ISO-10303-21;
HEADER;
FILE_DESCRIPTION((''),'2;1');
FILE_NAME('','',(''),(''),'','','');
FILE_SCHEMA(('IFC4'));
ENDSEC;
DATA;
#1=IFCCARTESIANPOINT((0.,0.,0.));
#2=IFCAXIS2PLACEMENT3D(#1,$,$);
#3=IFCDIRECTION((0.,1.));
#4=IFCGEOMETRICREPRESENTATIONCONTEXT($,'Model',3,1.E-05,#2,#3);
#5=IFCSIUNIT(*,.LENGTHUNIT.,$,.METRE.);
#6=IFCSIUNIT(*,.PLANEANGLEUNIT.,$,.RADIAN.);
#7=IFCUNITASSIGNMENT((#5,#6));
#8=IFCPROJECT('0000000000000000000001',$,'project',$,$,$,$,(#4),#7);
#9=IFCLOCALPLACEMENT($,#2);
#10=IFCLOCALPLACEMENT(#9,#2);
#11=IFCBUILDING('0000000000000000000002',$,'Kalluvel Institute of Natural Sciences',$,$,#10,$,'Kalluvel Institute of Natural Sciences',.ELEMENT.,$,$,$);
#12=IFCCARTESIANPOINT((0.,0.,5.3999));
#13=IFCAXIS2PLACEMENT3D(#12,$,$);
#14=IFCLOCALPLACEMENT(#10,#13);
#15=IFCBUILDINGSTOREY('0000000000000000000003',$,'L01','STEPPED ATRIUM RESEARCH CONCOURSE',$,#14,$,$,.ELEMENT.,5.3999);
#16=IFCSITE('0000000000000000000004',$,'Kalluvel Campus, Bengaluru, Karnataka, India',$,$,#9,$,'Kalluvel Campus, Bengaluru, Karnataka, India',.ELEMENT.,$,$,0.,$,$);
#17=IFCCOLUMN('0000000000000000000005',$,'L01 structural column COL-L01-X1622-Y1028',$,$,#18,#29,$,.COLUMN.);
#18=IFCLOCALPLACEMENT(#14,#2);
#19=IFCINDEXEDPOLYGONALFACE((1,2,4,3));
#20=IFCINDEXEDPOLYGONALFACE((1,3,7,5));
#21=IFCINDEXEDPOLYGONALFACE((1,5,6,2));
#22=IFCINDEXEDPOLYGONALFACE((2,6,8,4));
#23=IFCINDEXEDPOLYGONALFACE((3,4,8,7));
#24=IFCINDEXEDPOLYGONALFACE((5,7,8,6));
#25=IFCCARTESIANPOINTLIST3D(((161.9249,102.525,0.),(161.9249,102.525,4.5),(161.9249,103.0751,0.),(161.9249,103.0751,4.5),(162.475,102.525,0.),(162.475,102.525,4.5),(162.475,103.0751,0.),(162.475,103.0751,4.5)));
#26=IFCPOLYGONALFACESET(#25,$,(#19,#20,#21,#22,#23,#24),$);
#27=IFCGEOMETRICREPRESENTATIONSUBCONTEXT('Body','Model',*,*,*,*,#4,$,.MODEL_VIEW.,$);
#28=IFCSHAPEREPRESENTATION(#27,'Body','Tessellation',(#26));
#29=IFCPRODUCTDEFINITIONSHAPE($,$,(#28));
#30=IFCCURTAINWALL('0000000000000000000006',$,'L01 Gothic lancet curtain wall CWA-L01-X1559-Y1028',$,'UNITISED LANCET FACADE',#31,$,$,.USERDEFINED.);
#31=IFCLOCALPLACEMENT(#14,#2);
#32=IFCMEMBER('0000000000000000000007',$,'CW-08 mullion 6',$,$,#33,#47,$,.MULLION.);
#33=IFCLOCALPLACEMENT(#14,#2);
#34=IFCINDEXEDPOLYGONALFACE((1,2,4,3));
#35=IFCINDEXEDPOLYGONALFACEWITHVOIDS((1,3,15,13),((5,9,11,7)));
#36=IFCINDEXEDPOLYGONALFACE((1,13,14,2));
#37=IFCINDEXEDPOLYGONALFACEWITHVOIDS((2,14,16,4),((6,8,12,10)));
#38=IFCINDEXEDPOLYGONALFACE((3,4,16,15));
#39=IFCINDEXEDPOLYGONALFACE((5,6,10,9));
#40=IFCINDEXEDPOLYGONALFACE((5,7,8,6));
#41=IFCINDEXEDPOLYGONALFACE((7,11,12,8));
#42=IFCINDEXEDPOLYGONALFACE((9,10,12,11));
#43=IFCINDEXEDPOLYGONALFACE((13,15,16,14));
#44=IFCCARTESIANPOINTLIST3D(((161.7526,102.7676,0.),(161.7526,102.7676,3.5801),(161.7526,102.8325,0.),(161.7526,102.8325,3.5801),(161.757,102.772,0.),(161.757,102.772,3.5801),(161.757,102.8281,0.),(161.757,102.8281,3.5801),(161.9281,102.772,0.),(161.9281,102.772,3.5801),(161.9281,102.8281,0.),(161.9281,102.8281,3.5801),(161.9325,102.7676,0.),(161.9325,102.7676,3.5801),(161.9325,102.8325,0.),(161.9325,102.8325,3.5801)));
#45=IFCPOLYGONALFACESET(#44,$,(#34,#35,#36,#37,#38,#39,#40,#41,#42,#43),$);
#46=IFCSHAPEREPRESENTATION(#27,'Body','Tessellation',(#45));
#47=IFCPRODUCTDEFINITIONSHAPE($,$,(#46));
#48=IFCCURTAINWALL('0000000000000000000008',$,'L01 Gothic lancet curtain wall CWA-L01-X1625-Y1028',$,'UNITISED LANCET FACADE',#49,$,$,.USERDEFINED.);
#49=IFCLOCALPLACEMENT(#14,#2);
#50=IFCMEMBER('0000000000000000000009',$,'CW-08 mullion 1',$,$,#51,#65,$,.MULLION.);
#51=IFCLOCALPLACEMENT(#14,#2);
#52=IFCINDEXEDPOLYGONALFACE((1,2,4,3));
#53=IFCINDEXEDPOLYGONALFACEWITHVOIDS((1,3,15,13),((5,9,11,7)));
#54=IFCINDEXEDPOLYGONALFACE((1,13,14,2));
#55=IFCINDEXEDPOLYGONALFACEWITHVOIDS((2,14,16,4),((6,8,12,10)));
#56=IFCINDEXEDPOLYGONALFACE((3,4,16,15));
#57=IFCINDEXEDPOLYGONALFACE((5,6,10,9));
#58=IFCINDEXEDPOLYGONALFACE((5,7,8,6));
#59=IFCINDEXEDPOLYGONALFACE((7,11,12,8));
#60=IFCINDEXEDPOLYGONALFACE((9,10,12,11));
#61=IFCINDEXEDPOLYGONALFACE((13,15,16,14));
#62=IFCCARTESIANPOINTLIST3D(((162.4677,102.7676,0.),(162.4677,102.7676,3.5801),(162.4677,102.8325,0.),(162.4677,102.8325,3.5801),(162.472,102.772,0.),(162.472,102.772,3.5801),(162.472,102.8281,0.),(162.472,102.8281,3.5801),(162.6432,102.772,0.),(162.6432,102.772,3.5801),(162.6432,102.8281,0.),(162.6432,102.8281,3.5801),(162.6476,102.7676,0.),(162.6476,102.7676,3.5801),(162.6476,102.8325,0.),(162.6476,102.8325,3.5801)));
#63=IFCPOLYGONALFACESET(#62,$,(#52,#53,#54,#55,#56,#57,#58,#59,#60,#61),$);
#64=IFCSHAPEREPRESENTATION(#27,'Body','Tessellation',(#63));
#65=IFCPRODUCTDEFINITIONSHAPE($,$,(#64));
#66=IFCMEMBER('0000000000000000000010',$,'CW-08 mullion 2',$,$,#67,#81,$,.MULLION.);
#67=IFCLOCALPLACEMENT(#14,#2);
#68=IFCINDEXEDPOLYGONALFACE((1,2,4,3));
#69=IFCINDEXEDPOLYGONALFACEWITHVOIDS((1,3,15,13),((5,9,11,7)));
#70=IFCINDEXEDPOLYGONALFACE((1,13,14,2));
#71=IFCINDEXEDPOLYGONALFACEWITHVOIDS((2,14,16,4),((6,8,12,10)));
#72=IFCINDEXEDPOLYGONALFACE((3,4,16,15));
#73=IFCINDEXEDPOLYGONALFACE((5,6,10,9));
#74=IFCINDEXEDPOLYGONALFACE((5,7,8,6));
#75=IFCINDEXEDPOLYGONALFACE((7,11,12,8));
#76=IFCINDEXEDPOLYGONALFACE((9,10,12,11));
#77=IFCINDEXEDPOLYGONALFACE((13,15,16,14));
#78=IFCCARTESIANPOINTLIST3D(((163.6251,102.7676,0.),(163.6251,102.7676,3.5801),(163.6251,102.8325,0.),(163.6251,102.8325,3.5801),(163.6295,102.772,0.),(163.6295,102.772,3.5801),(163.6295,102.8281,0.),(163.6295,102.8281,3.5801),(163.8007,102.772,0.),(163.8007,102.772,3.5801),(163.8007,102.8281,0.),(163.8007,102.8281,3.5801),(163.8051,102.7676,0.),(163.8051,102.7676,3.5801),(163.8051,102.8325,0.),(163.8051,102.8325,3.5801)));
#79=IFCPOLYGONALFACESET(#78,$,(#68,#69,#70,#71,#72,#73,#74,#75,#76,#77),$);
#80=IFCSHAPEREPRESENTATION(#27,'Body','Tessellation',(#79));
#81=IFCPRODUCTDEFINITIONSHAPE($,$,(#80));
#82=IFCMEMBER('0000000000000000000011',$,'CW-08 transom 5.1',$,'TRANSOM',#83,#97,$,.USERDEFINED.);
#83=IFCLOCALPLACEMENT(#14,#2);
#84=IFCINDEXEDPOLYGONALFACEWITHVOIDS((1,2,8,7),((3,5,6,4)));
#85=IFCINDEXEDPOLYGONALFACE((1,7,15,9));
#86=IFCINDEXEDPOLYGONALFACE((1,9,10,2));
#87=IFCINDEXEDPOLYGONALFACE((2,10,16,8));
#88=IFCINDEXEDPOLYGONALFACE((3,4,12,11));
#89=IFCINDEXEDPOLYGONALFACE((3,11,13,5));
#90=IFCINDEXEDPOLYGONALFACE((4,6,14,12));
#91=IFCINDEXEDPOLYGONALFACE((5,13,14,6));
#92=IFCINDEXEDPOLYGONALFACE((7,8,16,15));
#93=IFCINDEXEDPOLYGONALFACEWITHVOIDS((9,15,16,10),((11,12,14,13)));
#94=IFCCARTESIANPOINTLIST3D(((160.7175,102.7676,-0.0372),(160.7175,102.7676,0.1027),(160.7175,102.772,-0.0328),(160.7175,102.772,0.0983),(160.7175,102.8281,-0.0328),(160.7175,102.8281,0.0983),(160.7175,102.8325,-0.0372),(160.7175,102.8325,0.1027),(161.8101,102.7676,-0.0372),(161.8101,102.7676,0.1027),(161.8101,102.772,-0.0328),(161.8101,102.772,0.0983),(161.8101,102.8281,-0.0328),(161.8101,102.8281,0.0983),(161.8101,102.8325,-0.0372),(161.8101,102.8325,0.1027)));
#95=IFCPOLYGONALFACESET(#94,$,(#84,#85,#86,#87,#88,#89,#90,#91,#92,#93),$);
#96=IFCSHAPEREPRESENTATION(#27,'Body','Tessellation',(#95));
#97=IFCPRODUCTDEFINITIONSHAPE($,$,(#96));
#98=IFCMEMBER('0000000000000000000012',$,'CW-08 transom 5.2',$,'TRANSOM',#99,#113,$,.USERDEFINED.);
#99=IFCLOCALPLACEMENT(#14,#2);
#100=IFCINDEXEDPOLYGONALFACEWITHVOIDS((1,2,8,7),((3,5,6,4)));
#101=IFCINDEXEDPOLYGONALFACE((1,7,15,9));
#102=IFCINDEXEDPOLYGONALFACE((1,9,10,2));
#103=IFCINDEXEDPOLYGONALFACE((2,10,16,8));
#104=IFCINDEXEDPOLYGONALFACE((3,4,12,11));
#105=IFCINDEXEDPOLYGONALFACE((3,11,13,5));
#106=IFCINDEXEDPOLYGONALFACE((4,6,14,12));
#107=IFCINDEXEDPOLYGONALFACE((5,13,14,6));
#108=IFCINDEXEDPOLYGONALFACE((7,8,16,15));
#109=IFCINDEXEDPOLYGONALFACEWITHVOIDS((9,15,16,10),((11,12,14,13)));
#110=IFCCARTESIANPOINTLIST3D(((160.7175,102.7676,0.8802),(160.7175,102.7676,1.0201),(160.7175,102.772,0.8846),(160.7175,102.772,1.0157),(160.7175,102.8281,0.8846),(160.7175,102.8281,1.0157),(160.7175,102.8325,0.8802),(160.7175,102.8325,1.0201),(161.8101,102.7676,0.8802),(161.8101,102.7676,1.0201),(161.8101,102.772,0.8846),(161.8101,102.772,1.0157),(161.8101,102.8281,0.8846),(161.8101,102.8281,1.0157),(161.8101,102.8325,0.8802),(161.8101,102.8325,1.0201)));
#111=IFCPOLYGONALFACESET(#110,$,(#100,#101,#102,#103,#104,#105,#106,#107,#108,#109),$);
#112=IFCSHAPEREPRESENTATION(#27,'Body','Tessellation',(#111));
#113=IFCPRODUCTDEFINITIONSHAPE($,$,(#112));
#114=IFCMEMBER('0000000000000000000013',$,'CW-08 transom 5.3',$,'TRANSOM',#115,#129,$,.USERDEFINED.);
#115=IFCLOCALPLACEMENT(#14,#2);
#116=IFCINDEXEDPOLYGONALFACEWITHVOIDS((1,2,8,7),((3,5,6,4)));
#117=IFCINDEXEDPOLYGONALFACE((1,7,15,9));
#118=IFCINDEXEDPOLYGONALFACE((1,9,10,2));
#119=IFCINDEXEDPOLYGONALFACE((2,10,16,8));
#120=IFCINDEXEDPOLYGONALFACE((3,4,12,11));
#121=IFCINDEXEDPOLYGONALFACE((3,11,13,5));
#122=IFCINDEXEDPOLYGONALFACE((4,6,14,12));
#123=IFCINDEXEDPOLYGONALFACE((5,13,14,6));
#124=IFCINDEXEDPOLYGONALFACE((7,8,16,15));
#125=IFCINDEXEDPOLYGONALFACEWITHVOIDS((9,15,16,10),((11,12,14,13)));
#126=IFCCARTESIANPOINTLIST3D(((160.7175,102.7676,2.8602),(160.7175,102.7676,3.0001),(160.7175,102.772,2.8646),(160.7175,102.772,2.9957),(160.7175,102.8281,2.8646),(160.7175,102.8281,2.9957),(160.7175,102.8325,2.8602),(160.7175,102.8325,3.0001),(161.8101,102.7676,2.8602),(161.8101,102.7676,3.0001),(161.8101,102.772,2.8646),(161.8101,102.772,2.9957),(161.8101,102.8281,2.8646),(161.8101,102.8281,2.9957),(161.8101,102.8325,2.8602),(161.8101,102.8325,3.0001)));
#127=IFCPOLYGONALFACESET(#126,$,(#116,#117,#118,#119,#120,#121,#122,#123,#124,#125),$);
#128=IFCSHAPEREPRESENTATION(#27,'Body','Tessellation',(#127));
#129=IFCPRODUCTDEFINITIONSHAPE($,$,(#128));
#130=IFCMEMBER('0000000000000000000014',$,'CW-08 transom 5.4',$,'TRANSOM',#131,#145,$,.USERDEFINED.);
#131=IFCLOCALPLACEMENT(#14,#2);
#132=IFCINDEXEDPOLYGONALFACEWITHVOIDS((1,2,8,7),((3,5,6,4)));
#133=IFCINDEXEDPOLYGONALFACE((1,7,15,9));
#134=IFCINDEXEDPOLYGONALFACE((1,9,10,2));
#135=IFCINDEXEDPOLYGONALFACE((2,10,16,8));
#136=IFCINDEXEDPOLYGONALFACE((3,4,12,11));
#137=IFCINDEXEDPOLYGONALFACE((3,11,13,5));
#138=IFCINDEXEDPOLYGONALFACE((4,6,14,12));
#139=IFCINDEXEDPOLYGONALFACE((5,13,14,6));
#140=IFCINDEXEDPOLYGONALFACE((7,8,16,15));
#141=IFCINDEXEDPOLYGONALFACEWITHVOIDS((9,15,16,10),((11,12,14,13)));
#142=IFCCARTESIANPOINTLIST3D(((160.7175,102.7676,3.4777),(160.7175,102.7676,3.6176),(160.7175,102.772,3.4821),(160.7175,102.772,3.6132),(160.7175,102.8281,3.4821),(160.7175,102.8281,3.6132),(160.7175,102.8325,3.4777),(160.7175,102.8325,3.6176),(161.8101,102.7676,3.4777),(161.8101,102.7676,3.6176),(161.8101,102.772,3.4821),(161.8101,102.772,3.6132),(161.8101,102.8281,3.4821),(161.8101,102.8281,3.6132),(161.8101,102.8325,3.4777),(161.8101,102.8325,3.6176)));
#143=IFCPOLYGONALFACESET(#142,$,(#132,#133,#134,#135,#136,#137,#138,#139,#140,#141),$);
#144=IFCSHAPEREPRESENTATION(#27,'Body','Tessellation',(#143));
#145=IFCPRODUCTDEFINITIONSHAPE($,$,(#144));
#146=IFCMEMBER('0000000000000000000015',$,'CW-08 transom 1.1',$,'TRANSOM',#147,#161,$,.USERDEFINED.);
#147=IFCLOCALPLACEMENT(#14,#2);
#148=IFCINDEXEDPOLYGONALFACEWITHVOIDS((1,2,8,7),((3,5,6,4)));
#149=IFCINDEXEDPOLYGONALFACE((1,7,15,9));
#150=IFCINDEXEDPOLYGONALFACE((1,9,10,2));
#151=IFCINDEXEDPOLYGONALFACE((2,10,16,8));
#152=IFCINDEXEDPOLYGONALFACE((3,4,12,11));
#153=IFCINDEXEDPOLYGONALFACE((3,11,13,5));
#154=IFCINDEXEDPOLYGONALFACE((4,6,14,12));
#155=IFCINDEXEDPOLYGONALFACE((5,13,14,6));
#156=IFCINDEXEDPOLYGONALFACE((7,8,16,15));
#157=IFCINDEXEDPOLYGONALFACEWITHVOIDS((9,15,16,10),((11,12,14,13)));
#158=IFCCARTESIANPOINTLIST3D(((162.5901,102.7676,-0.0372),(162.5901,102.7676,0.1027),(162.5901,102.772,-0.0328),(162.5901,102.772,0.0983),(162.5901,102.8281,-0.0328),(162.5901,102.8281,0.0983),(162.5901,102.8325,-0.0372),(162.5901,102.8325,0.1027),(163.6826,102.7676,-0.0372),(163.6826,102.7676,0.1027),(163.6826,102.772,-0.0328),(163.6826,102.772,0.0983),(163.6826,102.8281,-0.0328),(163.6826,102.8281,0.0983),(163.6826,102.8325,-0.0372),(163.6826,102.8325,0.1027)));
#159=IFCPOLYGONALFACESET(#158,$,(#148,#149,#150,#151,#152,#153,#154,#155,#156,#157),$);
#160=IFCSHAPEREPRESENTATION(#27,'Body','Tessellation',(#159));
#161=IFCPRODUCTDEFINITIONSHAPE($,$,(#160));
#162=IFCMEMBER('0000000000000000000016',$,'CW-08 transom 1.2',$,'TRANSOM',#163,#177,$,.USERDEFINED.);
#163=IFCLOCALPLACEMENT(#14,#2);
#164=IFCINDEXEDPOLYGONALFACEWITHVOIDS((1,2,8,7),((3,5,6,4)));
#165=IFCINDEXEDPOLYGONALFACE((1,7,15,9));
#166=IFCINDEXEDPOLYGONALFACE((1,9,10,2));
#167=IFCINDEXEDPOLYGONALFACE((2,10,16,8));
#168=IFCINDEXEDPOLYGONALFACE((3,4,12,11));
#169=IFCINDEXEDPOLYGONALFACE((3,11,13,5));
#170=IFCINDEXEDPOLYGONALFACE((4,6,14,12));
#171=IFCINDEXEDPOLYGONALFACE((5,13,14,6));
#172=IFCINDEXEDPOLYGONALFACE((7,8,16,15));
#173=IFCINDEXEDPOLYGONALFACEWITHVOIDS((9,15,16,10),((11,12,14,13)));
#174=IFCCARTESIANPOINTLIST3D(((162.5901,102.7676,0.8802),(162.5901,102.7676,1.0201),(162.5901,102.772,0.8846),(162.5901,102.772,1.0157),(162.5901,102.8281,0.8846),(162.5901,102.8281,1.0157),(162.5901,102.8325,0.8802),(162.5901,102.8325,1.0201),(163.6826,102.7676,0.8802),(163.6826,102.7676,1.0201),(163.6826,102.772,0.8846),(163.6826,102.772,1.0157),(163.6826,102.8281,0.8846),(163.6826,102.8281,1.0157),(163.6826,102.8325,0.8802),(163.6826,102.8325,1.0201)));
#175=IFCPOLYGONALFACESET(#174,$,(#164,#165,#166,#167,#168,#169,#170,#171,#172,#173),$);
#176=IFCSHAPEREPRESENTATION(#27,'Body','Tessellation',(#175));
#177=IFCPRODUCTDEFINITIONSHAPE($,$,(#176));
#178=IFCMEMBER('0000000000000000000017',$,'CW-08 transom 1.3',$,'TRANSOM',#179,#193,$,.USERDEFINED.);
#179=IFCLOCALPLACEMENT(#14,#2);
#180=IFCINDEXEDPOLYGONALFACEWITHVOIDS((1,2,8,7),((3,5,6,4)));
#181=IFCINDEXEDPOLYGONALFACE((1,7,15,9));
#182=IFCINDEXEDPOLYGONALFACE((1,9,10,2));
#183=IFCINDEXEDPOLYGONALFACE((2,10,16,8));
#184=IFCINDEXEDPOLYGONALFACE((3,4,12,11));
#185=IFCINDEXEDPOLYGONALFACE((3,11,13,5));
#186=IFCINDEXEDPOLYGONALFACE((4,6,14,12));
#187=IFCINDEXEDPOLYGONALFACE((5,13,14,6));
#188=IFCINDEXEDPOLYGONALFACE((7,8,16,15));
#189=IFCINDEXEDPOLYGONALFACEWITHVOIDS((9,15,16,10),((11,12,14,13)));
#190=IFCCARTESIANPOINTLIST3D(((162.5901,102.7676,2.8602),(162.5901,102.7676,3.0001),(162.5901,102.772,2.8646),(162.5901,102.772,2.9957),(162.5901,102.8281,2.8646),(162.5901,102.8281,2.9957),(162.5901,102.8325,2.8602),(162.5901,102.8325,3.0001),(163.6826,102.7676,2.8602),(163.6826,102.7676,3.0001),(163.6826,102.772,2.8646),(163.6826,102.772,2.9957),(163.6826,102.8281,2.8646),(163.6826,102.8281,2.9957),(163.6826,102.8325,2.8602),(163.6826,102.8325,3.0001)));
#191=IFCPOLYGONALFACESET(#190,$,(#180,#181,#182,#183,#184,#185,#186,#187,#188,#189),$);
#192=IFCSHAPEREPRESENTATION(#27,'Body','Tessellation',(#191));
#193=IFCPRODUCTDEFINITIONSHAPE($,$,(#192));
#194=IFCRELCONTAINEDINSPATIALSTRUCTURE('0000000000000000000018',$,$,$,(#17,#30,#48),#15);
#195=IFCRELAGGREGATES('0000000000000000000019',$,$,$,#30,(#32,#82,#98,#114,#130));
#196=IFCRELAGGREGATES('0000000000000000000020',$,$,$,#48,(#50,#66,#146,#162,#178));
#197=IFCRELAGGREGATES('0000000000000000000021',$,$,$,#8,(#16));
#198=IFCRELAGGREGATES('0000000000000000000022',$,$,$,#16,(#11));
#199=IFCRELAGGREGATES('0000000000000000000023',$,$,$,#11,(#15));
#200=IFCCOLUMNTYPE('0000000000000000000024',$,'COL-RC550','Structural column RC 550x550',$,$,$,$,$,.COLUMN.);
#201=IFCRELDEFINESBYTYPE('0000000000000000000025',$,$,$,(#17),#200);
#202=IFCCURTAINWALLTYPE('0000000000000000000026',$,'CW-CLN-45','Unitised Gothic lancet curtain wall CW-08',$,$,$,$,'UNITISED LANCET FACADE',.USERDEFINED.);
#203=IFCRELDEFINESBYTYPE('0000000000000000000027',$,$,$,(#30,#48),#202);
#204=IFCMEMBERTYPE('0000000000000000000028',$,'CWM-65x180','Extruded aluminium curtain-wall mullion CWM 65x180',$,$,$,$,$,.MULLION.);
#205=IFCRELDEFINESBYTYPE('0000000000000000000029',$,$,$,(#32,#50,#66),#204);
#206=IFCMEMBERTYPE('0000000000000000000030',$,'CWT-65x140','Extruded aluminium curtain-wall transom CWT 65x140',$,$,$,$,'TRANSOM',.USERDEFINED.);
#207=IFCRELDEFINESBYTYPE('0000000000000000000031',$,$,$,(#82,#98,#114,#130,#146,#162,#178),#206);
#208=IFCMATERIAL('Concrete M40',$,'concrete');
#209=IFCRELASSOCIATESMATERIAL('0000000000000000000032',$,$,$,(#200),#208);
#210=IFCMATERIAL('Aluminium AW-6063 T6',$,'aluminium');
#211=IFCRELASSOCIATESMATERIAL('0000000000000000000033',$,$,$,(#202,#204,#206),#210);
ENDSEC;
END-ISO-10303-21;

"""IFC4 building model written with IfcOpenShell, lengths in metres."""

from ifc_helpers import new_model, si_unit, direction, frame, origin, origin_2d, place, context, subcontext, project, spatial, rectangle, hollow_rectangle, extrude, material, material_profile, profile_set, type_object, element, aggregate, save


model = new_model("IFC4")

# Units and contexts
model_context = context("Model", 3, precision=1e-05, world=origin(), true_north=direction((0.0, 1.0)))
body_context = subcontext(model_context, "Body", "Model", "MODEL_VIEW")
ifc_project = project(units=[si_unit("LENGTHUNIT", "METRE"), si_unit("PLANEANGLEUNIT", "RADIAN")], contexts=[model_context])

# Site, building, storey
site_placement = place(None, origin())
site = spatial("IfcSite", under=ifc_project, at=site_placement, Name="Kalluvel Campus, Bengaluru, Karnataka, India", LongName="Kalluvel Campus, Bengaluru, Karnataka, India", CompositionType="ELEMENT", RefElevation=0.0)
building_placement = place(site_placement, origin())
building = spatial("IfcBuilding", under=site, at=building_placement, Name="Kalluvel Institute of Natural Sciences", LongName="Kalluvel Institute of Natural Sciences", CompositionType="ELEMENT")
storey_placement = place(building_placement, frame((0.0, 0.0, 5.3999)))
storey = spatial("IfcBuildingStorey", under=building, at=storey_placement, Name="L01", Description="STEPPED ATRIUM RESEARCH CONCOURSE", CompositionType="ELEMENT", Elevation=5.3999)

# Column
ifc_material_1 = material(Name="Concrete M40", Category="concrete")
ifc_material_profile_1 = material_profile(ifc_material_1, rectangle(XDim=0.55, YDim=0.55, at=origin_2d()), Name="RC 550x550")
ifc_profile_set_1 = profile_set([ifc_material_profile_1], Name="Concrete M40")
column_type = type_object("IfcColumnType", Name="COL-RC550", Description="Structural column RC 550x550", PredefinedType="COLUMN", material=ifc_profile_set_1)
column_placement = place(storey_placement, frame((162.2, 102.8, 0.0), z_axis=(0.0, 0.0, 1.0), x_axis=(1.0, 0.0, 0.0)))
element("IfcColumn", 1, at=column_placement, inside=storey, type_object=column_type, Name="L01 structural column COL-L01-X1622-Y1028", PredefinedType="COLUMN", context=body_context, shape_type="SweptSolid", body=[
    extrude(rectangle(XDim=0.55, YDim=0.55, at=origin_2d()), origin(), (0.0, 0.0, 1.0), 4.5),
])

# Curtain wall, member
ifc_material_2 = material(Name="Aluminium AW-6063 T6", Category="aluminium")
curtain_wall_type = type_object("IfcCurtainWallType", Name="CW-CLN-45", Description="Unitised Gothic lancet curtain wall CW-08", ElementType="UNITISED LANCET FACADE", PredefinedType="USERDEFINED", material=ifc_material_2)
curtain_wall_1_placement = place(storey_placement, origin())
curtain_wall_1 = element("IfcCurtainWall", 2, at=curtain_wall_1_placement, inside=storey, type_object=curtain_wall_type, Name="L01 Gothic lancet curtain wall CWA-L01-X1559-Y1028", ObjectType="UNITISED LANCET FACADE", PredefinedType="USERDEFINED")
ifc_material_profile_2 = material_profile(ifc_material_2, hollow_rectangle(XDim=0.0649, YDim=0.1799, WallThickness=0.0044, at=origin_2d()), Name="CWM 65x180")
ifc_profile_set_2 = profile_set([ifc_material_profile_2], Name="Aluminium AW-6063 T6")
member_type_1 = type_object("IfcMemberType", Name="CWM-65x180", Description="Extruded aluminium curtain-wall mullion CWM 65x180", PredefinedType="MULLION", material=ifc_profile_set_2)
member_1_placement = place(storey_placement, frame((161.8425, 102.8, 0.0), z_axis=(0.0, 0.0, 1.0), x_axis=(0.0, 1.0, 0.0)))
member_1 = element("IfcMember", 3, at=member_1_placement, type_object=member_type_1, Name="CW-08 mullion 6", PredefinedType="MULLION", context=body_context, shape_type="SweptSolid", body=[
    extrude(hollow_rectangle(XDim=0.0649, YDim=0.1799, WallThickness=0.0044, at=origin_2d()), origin(), (0.0, 0.0, 1.0), 3.5801),
])

# Curtain wall, members
curtain_wall_2_placement = place(storey_placement, origin())
curtain_wall_2 = element("IfcCurtainWall", 4, at=curtain_wall_2_placement, inside=storey, type_object=curtain_wall_type, Name="L01 Gothic lancet curtain wall CWA-L01-X1625-Y1028", ObjectType="UNITISED LANCET FACADE", PredefinedType="USERDEFINED")
member_2_placement = place(storey_placement, frame((162.5576, 102.8, 0.0), z_axis=(0.0, 0.0, 1.0), x_axis=(0.0, 1.0, 0.0)))
member_2 = element("IfcMember", 5, at=member_2_placement, type_object=member_type_1, Name="CW-08 mullion 1", PredefinedType="MULLION", context=body_context, shape_type="SweptSolid", body=[
    extrude(hollow_rectangle(XDim=0.0649, YDim=0.1799, WallThickness=0.0044, at=origin_2d()), origin(), (0.0, 0.0, 1.0), 3.5801),
])
member_3_placement = place(storey_placement, frame((163.7151, 102.8, 0.0), z_axis=(0.0, 0.0, 1.0), x_axis=(0.0, 1.0, 0.0)))
member_3 = element("IfcMember", 6, at=member_3_placement, type_object=member_type_1, Name="CW-08 mullion 2", PredefinedType="MULLION", context=body_context, shape_type="SweptSolid", body=[
    extrude(hollow_rectangle(XDim=0.0649, YDim=0.1799, WallThickness=0.0044, at=origin_2d()), origin(), (0.0, 0.0, 1.0), 3.5801),
])

# Members
ifc_material_profile_3 = material_profile(ifc_material_2, hollow_rectangle(XDim=0.0649, YDim=0.1399, WallThickness=0.0044, at=origin_2d()), Name="CWT 65x140")
ifc_profile_set_3 = profile_set([ifc_material_profile_3], Name="Aluminium AW-6063 T6")
member_type_2 = type_object("IfcMemberType", Name="CWT-65x140", Description="Extruded aluminium curtain-wall transom CWT 65x140", ElementType="TRANSOM", PredefinedType="USERDEFINED", material=ifc_profile_set_3)
member_4_placement = place(storey_placement, frame((160.7175, 102.8, 0.0327), z_axis=(1.0, 0.0, 0.0), x_axis=(0.0, 1.0, 0.0)))
member_4 = element("IfcMember", 7, at=member_4_placement, type_object=member_type_2, Name="CW-08 transom 5.1", ObjectType="TRANSOM", PredefinedType="USERDEFINED", context=body_context, shape_type="SweptSolid", body=[
    extrude(hollow_rectangle(XDim=0.0649, YDim=0.1399, WallThickness=0.0044, at=origin_2d()), origin(), (0.0, 0.0, 1.0), 1.0925),
])
member_5_placement = place(storey_placement, frame((160.7175, 102.8, 0.9502), z_axis=(1.0, 0.0, 0.0), x_axis=(0.0, 1.0, 0.0)))
member_5 = element("IfcMember", 8, at=member_5_placement, type_object=member_type_2, Name="CW-08 transom 5.2", ObjectType="TRANSOM", PredefinedType="USERDEFINED", context=body_context, shape_type="SweptSolid", body=[
    extrude(hollow_rectangle(XDim=0.0649, YDim=0.1399, WallThickness=0.0044, at=origin_2d()), origin(), (0.0, 0.0, 1.0), 1.0925),
])
member_6_placement = place(storey_placement, frame((160.7175, 102.8, 2.9302), z_axis=(1.0, 0.0, 0.0), x_axis=(0.0, 1.0, 0.0)))
member_6 = element("IfcMember", 9, at=member_6_placement, type_object=member_type_2, Name="CW-08 transom 5.3", ObjectType="TRANSOM", PredefinedType="USERDEFINED", context=body_context, shape_type="SweptSolid", body=[
    extrude(hollow_rectangle(XDim=0.0649, YDim=0.1399, WallThickness=0.0044, at=origin_2d()), origin(), (0.0, 0.0, 1.0), 1.0925),
])
member_7_placement = place(storey_placement, frame((160.7175, 102.8, 3.5476), z_axis=(1.0, 0.0, 0.0), x_axis=(0.0, 1.0, 0.0)))
member_7 = element("IfcMember", 10, at=member_7_placement, type_object=member_type_2, Name="CW-08 transom 5.4", ObjectType="TRANSOM", PredefinedType="USERDEFINED", context=body_context, shape_type="SweptSolid", body=[
    extrude(hollow_rectangle(XDim=0.0649, YDim=0.1399, WallThickness=0.0044, at=origin_2d()), origin(), (0.0, 0.0, 1.0), 1.0925),
])
member_8_placement = place(storey_placement, frame((162.5901, 102.8, 0.0327), z_axis=(1.0, 0.0, 0.0), x_axis=(0.0, 1.0, 0.0)))
member_8 = element("IfcMember", 11, at=member_8_placement, type_object=member_type_2, Name="CW-08 transom 1.1", ObjectType="TRANSOM", PredefinedType="USERDEFINED", context=body_context, shape_type="SweptSolid", body=[
    extrude(hollow_rectangle(XDim=0.0649, YDim=0.1399, WallThickness=0.0044, at=origin_2d()), origin(), (0.0, 0.0, 1.0), 1.0925),
])
member_9_placement = place(storey_placement, frame((162.5901, 102.8, 0.9502), z_axis=(1.0, 0.0, 0.0), x_axis=(0.0, 1.0, 0.0)))
member_9 = element("IfcMember", 12, at=member_9_placement, type_object=member_type_2, Name="CW-08 transom 1.2", ObjectType="TRANSOM", PredefinedType="USERDEFINED", context=body_context, shape_type="SweptSolid", body=[
    extrude(hollow_rectangle(XDim=0.0649, YDim=0.1399, WallThickness=0.0044, at=origin_2d()), origin(), (0.0, 0.0, 1.0), 1.0925),
])
member_10_placement = place(storey_placement, frame((162.5901, 102.8, 2.9302), z_axis=(1.0, 0.0, 0.0), x_axis=(0.0, 1.0, 0.0)))
member_10 = element("IfcMember", 13, at=member_10_placement, type_object=member_type_2, Name="CW-08 transom 1.3", ObjectType="TRANSOM", PredefinedType="USERDEFINED", context=body_context, shape_type="SweptSolid", body=[
    extrude(hollow_rectangle(XDim=0.0649, YDim=0.1399, WallThickness=0.0044, at=origin_2d()), origin(), (0.0, 0.0, 1.0), 1.0925),
])

aggregate(curtain_wall_1, [member_1, member_4, member_5, member_6, member_7])
aggregate(curtain_wall_2, [member_2, member_3, member_8, member_9, member_10])

save(model, "model.ifc")
